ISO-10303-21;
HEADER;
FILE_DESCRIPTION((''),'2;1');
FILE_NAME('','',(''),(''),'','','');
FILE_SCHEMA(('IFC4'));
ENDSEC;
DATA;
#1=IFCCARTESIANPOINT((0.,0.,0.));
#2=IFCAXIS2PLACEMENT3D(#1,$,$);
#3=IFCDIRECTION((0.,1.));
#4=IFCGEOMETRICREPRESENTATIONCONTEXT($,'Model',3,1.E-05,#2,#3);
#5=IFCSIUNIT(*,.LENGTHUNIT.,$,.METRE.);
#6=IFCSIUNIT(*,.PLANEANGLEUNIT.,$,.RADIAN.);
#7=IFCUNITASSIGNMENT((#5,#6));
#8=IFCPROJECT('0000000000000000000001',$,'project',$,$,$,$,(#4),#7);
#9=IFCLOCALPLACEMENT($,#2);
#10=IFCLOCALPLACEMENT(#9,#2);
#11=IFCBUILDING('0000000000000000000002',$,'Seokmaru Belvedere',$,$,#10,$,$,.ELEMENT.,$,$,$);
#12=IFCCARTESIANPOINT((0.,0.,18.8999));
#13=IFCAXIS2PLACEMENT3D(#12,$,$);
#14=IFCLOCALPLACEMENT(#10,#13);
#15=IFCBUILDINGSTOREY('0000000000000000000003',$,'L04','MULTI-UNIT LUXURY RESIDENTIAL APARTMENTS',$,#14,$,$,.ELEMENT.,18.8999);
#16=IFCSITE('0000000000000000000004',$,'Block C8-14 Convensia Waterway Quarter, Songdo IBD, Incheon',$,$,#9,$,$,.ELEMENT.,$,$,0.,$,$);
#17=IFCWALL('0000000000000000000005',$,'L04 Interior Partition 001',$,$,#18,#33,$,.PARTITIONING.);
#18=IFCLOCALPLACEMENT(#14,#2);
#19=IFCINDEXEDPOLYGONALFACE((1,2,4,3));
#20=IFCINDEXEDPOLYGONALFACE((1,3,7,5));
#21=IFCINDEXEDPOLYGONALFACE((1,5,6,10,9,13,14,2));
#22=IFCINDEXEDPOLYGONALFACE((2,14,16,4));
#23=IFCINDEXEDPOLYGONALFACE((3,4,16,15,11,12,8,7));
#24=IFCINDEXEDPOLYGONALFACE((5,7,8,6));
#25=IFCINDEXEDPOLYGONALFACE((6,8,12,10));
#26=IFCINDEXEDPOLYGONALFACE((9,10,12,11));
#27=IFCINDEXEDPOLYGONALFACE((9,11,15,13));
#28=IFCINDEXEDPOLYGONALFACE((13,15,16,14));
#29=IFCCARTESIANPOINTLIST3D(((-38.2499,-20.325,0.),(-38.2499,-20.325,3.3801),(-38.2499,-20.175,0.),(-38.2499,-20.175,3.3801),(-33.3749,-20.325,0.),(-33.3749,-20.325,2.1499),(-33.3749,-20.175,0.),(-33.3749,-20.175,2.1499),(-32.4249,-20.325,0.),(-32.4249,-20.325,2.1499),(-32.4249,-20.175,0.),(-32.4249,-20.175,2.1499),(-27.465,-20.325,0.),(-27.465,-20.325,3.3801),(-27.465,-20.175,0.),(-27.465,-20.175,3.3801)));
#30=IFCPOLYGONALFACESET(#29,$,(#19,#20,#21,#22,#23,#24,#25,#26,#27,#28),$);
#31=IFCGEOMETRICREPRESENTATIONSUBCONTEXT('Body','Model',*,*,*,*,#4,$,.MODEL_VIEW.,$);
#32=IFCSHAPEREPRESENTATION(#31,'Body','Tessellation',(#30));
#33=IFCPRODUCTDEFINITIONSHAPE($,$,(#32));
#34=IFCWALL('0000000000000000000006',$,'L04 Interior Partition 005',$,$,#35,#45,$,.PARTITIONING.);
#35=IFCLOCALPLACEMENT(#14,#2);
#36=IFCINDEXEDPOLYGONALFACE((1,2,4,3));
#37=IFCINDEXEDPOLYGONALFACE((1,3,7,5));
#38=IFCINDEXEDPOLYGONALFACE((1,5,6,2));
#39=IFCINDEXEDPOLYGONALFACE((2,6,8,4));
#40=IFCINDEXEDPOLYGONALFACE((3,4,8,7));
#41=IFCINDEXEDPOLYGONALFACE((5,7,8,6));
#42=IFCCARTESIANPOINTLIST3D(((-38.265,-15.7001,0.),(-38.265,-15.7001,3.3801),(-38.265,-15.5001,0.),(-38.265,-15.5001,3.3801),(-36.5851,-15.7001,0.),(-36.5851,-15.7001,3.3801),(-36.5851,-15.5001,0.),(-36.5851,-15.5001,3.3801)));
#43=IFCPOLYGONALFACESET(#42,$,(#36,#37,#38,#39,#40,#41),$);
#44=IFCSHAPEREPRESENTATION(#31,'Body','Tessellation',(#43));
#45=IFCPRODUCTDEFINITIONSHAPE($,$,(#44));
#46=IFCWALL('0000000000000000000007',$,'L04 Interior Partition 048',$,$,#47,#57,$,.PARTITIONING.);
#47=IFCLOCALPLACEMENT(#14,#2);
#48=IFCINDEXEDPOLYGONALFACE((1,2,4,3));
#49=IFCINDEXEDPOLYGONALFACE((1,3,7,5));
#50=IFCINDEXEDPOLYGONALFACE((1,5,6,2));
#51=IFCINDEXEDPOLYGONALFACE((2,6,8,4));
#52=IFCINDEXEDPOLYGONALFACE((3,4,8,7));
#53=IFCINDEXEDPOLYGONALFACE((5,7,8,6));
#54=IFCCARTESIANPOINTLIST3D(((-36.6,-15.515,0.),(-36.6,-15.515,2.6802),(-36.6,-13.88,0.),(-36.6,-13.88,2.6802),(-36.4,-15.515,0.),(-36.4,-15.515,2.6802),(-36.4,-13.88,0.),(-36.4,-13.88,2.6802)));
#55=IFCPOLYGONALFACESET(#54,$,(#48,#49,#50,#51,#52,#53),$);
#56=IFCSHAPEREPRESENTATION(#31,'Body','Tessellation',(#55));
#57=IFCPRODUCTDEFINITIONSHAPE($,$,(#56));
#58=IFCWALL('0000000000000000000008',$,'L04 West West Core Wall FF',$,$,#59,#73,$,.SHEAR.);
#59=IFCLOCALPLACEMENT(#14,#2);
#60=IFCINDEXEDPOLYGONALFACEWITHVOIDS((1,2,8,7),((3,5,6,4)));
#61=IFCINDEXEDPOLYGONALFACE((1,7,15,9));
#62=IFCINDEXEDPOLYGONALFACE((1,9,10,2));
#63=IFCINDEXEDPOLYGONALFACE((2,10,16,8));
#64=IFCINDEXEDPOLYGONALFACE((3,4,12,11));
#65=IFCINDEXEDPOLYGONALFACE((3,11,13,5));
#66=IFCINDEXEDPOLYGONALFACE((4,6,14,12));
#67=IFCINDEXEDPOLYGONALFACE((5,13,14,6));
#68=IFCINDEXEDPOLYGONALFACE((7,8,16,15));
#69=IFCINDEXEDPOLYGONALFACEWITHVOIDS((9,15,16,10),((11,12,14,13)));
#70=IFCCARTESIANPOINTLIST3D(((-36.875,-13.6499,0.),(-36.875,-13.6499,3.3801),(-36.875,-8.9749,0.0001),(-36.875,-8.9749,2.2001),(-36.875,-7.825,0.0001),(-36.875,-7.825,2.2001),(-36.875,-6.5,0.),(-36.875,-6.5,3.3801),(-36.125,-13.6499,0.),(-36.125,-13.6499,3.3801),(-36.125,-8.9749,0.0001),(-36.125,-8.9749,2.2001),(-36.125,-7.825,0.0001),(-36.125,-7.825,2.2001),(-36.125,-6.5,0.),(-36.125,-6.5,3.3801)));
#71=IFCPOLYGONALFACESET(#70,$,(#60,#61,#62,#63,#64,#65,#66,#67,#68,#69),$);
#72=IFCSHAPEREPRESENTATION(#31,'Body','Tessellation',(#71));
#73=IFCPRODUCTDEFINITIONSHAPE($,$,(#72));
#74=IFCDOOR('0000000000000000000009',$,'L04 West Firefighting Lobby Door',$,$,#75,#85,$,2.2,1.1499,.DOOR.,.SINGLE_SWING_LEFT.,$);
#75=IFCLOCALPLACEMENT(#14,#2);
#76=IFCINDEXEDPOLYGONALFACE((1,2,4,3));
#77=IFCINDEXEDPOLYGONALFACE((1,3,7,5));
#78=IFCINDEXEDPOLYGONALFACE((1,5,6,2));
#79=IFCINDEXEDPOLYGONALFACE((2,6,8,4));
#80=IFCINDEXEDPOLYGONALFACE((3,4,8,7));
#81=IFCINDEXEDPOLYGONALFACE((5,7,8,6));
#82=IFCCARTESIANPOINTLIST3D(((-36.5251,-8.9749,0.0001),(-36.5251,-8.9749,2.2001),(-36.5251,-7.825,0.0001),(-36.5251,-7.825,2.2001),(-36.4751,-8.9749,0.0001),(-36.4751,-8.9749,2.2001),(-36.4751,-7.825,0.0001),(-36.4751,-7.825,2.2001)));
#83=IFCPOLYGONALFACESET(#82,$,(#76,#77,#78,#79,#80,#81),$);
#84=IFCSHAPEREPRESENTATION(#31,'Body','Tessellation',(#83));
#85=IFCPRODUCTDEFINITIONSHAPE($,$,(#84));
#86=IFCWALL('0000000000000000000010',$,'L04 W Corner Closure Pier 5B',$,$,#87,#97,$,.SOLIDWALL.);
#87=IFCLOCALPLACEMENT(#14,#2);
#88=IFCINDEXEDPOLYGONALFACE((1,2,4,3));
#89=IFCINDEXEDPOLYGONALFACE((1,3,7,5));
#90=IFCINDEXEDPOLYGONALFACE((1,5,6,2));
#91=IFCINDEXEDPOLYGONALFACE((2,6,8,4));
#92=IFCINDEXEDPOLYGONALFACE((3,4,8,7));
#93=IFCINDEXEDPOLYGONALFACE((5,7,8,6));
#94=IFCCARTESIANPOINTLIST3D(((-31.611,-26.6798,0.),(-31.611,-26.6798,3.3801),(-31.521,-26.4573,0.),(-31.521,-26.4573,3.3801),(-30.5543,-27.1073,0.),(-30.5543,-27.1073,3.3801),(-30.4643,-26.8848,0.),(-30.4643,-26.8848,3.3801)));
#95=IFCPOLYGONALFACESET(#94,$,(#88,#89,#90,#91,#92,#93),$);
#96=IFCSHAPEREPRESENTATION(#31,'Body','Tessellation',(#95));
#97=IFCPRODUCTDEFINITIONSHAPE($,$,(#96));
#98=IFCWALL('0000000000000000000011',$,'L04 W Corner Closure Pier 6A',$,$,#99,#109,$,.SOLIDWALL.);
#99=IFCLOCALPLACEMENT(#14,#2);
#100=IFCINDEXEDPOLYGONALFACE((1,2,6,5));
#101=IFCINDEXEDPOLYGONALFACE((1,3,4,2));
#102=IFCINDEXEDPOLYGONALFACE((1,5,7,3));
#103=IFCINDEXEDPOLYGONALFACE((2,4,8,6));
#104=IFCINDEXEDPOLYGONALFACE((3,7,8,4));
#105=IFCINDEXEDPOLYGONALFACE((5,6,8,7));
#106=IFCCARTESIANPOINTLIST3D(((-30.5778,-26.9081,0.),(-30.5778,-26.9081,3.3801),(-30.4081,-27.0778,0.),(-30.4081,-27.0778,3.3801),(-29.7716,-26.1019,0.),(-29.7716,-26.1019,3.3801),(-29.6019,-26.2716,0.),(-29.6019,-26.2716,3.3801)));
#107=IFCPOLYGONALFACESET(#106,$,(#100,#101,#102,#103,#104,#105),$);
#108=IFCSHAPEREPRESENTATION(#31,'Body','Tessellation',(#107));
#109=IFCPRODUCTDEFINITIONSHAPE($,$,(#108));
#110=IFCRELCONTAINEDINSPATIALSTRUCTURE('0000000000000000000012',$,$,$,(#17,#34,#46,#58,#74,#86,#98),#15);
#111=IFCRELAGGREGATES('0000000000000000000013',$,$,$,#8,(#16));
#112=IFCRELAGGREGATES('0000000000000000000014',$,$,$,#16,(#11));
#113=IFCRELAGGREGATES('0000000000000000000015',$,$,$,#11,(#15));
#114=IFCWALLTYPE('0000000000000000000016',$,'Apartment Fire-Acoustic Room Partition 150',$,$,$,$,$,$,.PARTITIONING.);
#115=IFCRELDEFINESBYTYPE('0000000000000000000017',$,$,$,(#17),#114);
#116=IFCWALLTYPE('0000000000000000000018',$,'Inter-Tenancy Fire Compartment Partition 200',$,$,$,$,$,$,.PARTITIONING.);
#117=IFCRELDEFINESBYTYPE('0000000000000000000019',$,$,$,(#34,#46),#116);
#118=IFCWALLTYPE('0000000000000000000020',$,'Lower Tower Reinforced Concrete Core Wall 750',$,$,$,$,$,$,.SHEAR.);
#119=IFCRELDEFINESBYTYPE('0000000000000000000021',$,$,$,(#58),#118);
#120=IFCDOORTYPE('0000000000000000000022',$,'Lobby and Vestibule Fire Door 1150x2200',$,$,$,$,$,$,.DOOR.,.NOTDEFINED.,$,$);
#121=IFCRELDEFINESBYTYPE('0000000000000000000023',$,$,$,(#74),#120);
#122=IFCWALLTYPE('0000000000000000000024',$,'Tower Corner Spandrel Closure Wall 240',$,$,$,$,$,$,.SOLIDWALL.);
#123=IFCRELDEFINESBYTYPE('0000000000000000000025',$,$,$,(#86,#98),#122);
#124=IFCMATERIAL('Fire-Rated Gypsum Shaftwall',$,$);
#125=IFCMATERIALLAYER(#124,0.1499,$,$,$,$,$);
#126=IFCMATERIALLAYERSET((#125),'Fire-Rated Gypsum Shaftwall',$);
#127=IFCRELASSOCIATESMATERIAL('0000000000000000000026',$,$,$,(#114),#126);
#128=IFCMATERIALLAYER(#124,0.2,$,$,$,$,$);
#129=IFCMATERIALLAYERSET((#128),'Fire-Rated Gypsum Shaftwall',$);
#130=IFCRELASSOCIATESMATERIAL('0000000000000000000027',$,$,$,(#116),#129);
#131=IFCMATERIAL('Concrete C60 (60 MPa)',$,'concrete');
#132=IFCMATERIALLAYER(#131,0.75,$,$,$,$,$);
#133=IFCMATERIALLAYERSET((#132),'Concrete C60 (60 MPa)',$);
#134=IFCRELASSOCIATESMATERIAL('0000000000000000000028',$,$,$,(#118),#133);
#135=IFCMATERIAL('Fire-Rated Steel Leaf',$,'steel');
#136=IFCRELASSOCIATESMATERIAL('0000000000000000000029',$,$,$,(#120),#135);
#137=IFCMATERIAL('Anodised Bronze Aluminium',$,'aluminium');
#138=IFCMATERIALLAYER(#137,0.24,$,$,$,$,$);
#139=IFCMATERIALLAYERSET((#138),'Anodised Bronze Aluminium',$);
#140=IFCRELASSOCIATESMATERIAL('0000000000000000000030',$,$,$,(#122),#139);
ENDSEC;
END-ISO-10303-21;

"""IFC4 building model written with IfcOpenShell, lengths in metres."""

from ifc_helpers import new_model, si_unit, direction, frame, frame_2d, origin, place, context, subcontext, project, spatial, rectangle, extrude, source, transform, mapped, material, layer, layer_set, type_object, type_shapes, element, fill, save


model = new_model("IFC4")

# Units and contexts
model_context = context("Model", 3, precision=1e-05, world=origin(), true_north=direction((0.0, 1.0)))
body_context = subcontext(model_context, "Body", "Model", "MODEL_VIEW")
ifc_project = project(units=[si_unit("LENGTHUNIT", "METRE"), si_unit("PLANEANGLEUNIT", "RADIAN")], contexts=[model_context])

# Site, building, storey
site_placement = place(None, origin())
site = spatial("IfcSite", under=ifc_project, at=site_placement, Name="Block C8-14 Convensia Waterway Quarter, Songdo IBD, Incheon", CompositionType="ELEMENT", RefElevation=0.0)
building_placement = place(site_placement, origin())
building = spatial("IfcBuilding", under=site, at=building_placement, Name="Seokmaru Belvedere", CompositionType="ELEMENT")
storey_placement = place(building_placement, frame((0.0, 0.0, 18.8999)))
storey = spatial("IfcBuildingStorey", under=building, at=storey_placement, Name="L04", Description="MULTI-UNIT LUXURY RESIDENTIAL APARTMENTS", CompositionType="ELEMENT", Elevation=18.8999)

# Shared definitions
ifc_material_1 = material(Name="Anodised Bronze Aluminium", Category="aluminium")

# Wall, opening
ifc_material_2 = material(Name="Fire-Rated Gypsum Shaftwall")
ifc_layer_1 = layer(ifc_material_2, 0.1499)
ifc_layer_set_1 = layer_set([ifc_layer_1], Name="Fire-Rated Gypsum Shaftwall")
wall_type_1 = type_object("IfcWallType", Name="Apartment Fire-Acoustic Room Partition 150", PredefinedType="PARTITIONING", material=ifc_layer_set_1)
wall_1_placement = place(storey_placement, frame((-38.25, -20.25, 0.0), z_axis=(0.0, 0.0, 1.0), x_axis=(1.0, 0.0, 0.0)))
wall_1 = element("IfcWall", 1, at=wall_1_placement, inside=storey, type_object=wall_type_1, Name="L04 Interior Partition 001", PredefinedType="PARTITIONING", context=body_context, shape_type="SweptSolid", body=[
    extrude(rectangle(XDim=10.7849, YDim=0.1499, at=frame_2d((5.3926, 0.0))), origin(), (0.0, 0.0, 1.0), 3.3801),
])
opening_1_placement = place(wall_1_placement, frame((4.875, 0.0, 0.0)))
element("IfcOpeningElement", 2, at=opening_1_placement, cuts=wall_1, PredefinedType="OPENING", context=body_context, shape_type="SweptSolid", body=[
    extrude(rectangle(XDim=0.95, YDim=2.1499, at=frame_2d((0.4751, 1.075))), frame((0.0, 0.085, 0.0), z_axis=(0.0, -1.0, 0.0), x_axis=(1.0, 0.0, 0.0)), (0.0, 0.0, 1.0), 0.1699),
])

# Walls
ifc_layer_2 = layer(ifc_material_2, 0.2)
ifc_layer_set_2 = layer_set([ifc_layer_2], Name="Fire-Rated Gypsum Shaftwall")
wall_type_2 = type_object("IfcWallType", Name="Inter-Tenancy Fire Compartment Partition 200", PredefinedType="PARTITIONING", material=ifc_layer_set_2)
wall_2_placement = place(storey_placement, frame((-38.2649, -15.6001, 0.0), z_axis=(0.0, 0.0, 1.0), x_axis=(1.0, 0.0, 0.0)))
element("IfcWall", 3, at=wall_2_placement, inside=storey, type_object=wall_type_2, Name="L04 Interior Partition 005", PredefinedType="PARTITIONING", context=body_context, shape_type="SweptSolid", body=[
    extrude(rectangle(XDim=1.6799, YDim=0.2, at=frame_2d((0.8398, 0.0))), origin(), (0.0, 0.0, 1.0), 3.3801),
])
wall_3_placement = place(storey_placement, frame((-36.5, -15.5149, 0.0), z_axis=(0.0, 0.0, 1.0), x_axis=(0.0, 1.0, 0.0)))
element("IfcWall", 4, at=wall_3_placement, inside=storey, type_object=wall_type_2, Name="L04 Interior Partition 048", PredefinedType="PARTITIONING", context=body_context, shape_type="SweptSolid", body=[
    extrude(rectangle(XDim=1.635, YDim=0.2, at=frame_2d((0.8174, 0.0))), origin(), (0.0, 0.0, 1.0), 2.6802),
])

# Wall, opening, door
ifc_material_3 = material(Name="Concrete C60 (60 MPa)", Category="concrete")
ifc_layer_3 = layer(ifc_material_3, 0.75)
ifc_layer_set_3 = layer_set([ifc_layer_3], Name="Concrete C60 (60 MPa)")
wall_type_3 = type_object("IfcWallType", Name="Lower Tower Reinforced Concrete Core Wall 750", PredefinedType="SHEAR", material=ifc_layer_set_3)
wall_4_placement = place(storey_placement, frame((-36.5, -13.6499, 0.0), z_axis=(0.0, 0.0, 1.0), x_axis=(0.0, 1.0, 0.0)))
wall_4 = element("IfcWall", 5, at=wall_4_placement, inside=storey, type_object=wall_type_3, Name="L04 West West Core Wall FF", PredefinedType="SHEAR", context=body_context, shape_type="SweptSolid", body=[
    extrude(rectangle(XDim=7.1499, YDim=0.75, at=frame_2d((3.575, 0.0))), origin(), (0.0, 0.0, 1.0), 3.3801),
])
opening_2_placement = place(wall_4_placement, frame((4.675, 0.0, 0.0)))
opening_2 = element("IfcOpeningElement", 6, at=opening_2_placement, cuts=wall_4, PredefinedType="OPENING", context=body_context, shape_type="SweptSolid", body=[
    extrude(rectangle(XDim=1.1499, YDim=2.2, at=frame_2d((0.575, 1.1001))), frame((0.0, 0.385, 0.0), z_axis=(0.0, -1.0, 0.0), x_axis=(1.0, 0.0, 0.0)), (0.0, 0.0, 1.0), 0.77),
])
ifc_material_4 = material(Name="Fire-Rated Steel Leaf", Category="steel")
door_type = type_object("IfcDoorType", Name="Lobby and Vestibule Fire Door 1150x2200", OperationType="NOTDEFINED", PredefinedType="DOOR", material=ifc_material_4)
shared_shape_1 = source(origin(), body_context, "Body", "SweptSolid", [
    extrude(rectangle(XDim=1.1499, YDim=2.2, at=frame_2d((0.575, 1.1001))), frame((0.0, 0.0249, 0.0), z_axis=(0.0, -1.0, 0.0), x_axis=(1.0, 0.0, 0.0)), (0.0, 0.0, 1.0), 0.05),
])
type_shapes(door_type, [shared_shape_1])
door_placement = place(opening_2_placement, frame((1.1499, 0.0, 0.0), z_axis=(0.0, 0.0, 1.0), x_axis=(-1.0, 0.0, 0.0)))
door = element("IfcDoor", 7, at=door_placement, inside=storey, type_object=door_type, Name="L04 West Firefighting Lobby Door", OperationType="SINGLE_SWING_LEFT", OverallHeight=2.2, OverallWidth=1.1499, PredefinedType="DOOR", context=body_context, shape_type="MappedRepresentation", body=[
    mapped(shared_shape_1, transform((0.0, 0.0, 0.0), scale=1.0)),
])
fill(opening_2, door)

# Walls
ifc_layer_4 = layer(ifc_material_1, 0.24)
ifc_layer_set_4 = layer_set([ifc_layer_4], Name="Anodised Bronze Aluminium")
wall_type_4 = type_object("IfcWallType", Name="Tower Corner Spandrel Closure Wall 240", PredefinedType="SOLIDWALL", material=ifc_layer_set_4)
wall_5_placement = place(storey_placement, frame((-31.5659, -26.5686, 0.0), z_axis=(0.0, 0.0, 1.0), x_axis=(0.927007, -0.375044, 0.0)))
element("IfcWall", 8, at=wall_5_placement, inside=storey, type_object=wall_type_4, Name="L04 W Corner Closure Pier 5B", PredefinedType="SOLIDWALL", context=body_context, shape_type="SweptSolid", body=[
    extrude(rectangle(XDim=1.1399, YDim=0.24, at=frame_2d((0.5698, 0.0))), origin(), (0.0, 0.0, 1.0), 3.3801),
])
wall_6_placement = place(storey_placement, frame((-30.4929, -26.9929, 0.0), z_axis=(0.0, 0.0, 1.0), x_axis=(0.707107, 0.707107, 0.0)))
element("IfcWall", 9, at=wall_6_placement, inside=storey, type_object=wall_type_4, Name="L04 W Corner Closure Pier 6A", PredefinedType="SOLIDWALL", context=body_context, shape_type="SweptSolid", body=[
    extrude(rectangle(XDim=1.1401, YDim=0.24, at=frame_2d((0.5701, 0.0))), origin(), (0.0, 0.0, 1.0), 3.3801),
])

save(model, "model.ifc")
